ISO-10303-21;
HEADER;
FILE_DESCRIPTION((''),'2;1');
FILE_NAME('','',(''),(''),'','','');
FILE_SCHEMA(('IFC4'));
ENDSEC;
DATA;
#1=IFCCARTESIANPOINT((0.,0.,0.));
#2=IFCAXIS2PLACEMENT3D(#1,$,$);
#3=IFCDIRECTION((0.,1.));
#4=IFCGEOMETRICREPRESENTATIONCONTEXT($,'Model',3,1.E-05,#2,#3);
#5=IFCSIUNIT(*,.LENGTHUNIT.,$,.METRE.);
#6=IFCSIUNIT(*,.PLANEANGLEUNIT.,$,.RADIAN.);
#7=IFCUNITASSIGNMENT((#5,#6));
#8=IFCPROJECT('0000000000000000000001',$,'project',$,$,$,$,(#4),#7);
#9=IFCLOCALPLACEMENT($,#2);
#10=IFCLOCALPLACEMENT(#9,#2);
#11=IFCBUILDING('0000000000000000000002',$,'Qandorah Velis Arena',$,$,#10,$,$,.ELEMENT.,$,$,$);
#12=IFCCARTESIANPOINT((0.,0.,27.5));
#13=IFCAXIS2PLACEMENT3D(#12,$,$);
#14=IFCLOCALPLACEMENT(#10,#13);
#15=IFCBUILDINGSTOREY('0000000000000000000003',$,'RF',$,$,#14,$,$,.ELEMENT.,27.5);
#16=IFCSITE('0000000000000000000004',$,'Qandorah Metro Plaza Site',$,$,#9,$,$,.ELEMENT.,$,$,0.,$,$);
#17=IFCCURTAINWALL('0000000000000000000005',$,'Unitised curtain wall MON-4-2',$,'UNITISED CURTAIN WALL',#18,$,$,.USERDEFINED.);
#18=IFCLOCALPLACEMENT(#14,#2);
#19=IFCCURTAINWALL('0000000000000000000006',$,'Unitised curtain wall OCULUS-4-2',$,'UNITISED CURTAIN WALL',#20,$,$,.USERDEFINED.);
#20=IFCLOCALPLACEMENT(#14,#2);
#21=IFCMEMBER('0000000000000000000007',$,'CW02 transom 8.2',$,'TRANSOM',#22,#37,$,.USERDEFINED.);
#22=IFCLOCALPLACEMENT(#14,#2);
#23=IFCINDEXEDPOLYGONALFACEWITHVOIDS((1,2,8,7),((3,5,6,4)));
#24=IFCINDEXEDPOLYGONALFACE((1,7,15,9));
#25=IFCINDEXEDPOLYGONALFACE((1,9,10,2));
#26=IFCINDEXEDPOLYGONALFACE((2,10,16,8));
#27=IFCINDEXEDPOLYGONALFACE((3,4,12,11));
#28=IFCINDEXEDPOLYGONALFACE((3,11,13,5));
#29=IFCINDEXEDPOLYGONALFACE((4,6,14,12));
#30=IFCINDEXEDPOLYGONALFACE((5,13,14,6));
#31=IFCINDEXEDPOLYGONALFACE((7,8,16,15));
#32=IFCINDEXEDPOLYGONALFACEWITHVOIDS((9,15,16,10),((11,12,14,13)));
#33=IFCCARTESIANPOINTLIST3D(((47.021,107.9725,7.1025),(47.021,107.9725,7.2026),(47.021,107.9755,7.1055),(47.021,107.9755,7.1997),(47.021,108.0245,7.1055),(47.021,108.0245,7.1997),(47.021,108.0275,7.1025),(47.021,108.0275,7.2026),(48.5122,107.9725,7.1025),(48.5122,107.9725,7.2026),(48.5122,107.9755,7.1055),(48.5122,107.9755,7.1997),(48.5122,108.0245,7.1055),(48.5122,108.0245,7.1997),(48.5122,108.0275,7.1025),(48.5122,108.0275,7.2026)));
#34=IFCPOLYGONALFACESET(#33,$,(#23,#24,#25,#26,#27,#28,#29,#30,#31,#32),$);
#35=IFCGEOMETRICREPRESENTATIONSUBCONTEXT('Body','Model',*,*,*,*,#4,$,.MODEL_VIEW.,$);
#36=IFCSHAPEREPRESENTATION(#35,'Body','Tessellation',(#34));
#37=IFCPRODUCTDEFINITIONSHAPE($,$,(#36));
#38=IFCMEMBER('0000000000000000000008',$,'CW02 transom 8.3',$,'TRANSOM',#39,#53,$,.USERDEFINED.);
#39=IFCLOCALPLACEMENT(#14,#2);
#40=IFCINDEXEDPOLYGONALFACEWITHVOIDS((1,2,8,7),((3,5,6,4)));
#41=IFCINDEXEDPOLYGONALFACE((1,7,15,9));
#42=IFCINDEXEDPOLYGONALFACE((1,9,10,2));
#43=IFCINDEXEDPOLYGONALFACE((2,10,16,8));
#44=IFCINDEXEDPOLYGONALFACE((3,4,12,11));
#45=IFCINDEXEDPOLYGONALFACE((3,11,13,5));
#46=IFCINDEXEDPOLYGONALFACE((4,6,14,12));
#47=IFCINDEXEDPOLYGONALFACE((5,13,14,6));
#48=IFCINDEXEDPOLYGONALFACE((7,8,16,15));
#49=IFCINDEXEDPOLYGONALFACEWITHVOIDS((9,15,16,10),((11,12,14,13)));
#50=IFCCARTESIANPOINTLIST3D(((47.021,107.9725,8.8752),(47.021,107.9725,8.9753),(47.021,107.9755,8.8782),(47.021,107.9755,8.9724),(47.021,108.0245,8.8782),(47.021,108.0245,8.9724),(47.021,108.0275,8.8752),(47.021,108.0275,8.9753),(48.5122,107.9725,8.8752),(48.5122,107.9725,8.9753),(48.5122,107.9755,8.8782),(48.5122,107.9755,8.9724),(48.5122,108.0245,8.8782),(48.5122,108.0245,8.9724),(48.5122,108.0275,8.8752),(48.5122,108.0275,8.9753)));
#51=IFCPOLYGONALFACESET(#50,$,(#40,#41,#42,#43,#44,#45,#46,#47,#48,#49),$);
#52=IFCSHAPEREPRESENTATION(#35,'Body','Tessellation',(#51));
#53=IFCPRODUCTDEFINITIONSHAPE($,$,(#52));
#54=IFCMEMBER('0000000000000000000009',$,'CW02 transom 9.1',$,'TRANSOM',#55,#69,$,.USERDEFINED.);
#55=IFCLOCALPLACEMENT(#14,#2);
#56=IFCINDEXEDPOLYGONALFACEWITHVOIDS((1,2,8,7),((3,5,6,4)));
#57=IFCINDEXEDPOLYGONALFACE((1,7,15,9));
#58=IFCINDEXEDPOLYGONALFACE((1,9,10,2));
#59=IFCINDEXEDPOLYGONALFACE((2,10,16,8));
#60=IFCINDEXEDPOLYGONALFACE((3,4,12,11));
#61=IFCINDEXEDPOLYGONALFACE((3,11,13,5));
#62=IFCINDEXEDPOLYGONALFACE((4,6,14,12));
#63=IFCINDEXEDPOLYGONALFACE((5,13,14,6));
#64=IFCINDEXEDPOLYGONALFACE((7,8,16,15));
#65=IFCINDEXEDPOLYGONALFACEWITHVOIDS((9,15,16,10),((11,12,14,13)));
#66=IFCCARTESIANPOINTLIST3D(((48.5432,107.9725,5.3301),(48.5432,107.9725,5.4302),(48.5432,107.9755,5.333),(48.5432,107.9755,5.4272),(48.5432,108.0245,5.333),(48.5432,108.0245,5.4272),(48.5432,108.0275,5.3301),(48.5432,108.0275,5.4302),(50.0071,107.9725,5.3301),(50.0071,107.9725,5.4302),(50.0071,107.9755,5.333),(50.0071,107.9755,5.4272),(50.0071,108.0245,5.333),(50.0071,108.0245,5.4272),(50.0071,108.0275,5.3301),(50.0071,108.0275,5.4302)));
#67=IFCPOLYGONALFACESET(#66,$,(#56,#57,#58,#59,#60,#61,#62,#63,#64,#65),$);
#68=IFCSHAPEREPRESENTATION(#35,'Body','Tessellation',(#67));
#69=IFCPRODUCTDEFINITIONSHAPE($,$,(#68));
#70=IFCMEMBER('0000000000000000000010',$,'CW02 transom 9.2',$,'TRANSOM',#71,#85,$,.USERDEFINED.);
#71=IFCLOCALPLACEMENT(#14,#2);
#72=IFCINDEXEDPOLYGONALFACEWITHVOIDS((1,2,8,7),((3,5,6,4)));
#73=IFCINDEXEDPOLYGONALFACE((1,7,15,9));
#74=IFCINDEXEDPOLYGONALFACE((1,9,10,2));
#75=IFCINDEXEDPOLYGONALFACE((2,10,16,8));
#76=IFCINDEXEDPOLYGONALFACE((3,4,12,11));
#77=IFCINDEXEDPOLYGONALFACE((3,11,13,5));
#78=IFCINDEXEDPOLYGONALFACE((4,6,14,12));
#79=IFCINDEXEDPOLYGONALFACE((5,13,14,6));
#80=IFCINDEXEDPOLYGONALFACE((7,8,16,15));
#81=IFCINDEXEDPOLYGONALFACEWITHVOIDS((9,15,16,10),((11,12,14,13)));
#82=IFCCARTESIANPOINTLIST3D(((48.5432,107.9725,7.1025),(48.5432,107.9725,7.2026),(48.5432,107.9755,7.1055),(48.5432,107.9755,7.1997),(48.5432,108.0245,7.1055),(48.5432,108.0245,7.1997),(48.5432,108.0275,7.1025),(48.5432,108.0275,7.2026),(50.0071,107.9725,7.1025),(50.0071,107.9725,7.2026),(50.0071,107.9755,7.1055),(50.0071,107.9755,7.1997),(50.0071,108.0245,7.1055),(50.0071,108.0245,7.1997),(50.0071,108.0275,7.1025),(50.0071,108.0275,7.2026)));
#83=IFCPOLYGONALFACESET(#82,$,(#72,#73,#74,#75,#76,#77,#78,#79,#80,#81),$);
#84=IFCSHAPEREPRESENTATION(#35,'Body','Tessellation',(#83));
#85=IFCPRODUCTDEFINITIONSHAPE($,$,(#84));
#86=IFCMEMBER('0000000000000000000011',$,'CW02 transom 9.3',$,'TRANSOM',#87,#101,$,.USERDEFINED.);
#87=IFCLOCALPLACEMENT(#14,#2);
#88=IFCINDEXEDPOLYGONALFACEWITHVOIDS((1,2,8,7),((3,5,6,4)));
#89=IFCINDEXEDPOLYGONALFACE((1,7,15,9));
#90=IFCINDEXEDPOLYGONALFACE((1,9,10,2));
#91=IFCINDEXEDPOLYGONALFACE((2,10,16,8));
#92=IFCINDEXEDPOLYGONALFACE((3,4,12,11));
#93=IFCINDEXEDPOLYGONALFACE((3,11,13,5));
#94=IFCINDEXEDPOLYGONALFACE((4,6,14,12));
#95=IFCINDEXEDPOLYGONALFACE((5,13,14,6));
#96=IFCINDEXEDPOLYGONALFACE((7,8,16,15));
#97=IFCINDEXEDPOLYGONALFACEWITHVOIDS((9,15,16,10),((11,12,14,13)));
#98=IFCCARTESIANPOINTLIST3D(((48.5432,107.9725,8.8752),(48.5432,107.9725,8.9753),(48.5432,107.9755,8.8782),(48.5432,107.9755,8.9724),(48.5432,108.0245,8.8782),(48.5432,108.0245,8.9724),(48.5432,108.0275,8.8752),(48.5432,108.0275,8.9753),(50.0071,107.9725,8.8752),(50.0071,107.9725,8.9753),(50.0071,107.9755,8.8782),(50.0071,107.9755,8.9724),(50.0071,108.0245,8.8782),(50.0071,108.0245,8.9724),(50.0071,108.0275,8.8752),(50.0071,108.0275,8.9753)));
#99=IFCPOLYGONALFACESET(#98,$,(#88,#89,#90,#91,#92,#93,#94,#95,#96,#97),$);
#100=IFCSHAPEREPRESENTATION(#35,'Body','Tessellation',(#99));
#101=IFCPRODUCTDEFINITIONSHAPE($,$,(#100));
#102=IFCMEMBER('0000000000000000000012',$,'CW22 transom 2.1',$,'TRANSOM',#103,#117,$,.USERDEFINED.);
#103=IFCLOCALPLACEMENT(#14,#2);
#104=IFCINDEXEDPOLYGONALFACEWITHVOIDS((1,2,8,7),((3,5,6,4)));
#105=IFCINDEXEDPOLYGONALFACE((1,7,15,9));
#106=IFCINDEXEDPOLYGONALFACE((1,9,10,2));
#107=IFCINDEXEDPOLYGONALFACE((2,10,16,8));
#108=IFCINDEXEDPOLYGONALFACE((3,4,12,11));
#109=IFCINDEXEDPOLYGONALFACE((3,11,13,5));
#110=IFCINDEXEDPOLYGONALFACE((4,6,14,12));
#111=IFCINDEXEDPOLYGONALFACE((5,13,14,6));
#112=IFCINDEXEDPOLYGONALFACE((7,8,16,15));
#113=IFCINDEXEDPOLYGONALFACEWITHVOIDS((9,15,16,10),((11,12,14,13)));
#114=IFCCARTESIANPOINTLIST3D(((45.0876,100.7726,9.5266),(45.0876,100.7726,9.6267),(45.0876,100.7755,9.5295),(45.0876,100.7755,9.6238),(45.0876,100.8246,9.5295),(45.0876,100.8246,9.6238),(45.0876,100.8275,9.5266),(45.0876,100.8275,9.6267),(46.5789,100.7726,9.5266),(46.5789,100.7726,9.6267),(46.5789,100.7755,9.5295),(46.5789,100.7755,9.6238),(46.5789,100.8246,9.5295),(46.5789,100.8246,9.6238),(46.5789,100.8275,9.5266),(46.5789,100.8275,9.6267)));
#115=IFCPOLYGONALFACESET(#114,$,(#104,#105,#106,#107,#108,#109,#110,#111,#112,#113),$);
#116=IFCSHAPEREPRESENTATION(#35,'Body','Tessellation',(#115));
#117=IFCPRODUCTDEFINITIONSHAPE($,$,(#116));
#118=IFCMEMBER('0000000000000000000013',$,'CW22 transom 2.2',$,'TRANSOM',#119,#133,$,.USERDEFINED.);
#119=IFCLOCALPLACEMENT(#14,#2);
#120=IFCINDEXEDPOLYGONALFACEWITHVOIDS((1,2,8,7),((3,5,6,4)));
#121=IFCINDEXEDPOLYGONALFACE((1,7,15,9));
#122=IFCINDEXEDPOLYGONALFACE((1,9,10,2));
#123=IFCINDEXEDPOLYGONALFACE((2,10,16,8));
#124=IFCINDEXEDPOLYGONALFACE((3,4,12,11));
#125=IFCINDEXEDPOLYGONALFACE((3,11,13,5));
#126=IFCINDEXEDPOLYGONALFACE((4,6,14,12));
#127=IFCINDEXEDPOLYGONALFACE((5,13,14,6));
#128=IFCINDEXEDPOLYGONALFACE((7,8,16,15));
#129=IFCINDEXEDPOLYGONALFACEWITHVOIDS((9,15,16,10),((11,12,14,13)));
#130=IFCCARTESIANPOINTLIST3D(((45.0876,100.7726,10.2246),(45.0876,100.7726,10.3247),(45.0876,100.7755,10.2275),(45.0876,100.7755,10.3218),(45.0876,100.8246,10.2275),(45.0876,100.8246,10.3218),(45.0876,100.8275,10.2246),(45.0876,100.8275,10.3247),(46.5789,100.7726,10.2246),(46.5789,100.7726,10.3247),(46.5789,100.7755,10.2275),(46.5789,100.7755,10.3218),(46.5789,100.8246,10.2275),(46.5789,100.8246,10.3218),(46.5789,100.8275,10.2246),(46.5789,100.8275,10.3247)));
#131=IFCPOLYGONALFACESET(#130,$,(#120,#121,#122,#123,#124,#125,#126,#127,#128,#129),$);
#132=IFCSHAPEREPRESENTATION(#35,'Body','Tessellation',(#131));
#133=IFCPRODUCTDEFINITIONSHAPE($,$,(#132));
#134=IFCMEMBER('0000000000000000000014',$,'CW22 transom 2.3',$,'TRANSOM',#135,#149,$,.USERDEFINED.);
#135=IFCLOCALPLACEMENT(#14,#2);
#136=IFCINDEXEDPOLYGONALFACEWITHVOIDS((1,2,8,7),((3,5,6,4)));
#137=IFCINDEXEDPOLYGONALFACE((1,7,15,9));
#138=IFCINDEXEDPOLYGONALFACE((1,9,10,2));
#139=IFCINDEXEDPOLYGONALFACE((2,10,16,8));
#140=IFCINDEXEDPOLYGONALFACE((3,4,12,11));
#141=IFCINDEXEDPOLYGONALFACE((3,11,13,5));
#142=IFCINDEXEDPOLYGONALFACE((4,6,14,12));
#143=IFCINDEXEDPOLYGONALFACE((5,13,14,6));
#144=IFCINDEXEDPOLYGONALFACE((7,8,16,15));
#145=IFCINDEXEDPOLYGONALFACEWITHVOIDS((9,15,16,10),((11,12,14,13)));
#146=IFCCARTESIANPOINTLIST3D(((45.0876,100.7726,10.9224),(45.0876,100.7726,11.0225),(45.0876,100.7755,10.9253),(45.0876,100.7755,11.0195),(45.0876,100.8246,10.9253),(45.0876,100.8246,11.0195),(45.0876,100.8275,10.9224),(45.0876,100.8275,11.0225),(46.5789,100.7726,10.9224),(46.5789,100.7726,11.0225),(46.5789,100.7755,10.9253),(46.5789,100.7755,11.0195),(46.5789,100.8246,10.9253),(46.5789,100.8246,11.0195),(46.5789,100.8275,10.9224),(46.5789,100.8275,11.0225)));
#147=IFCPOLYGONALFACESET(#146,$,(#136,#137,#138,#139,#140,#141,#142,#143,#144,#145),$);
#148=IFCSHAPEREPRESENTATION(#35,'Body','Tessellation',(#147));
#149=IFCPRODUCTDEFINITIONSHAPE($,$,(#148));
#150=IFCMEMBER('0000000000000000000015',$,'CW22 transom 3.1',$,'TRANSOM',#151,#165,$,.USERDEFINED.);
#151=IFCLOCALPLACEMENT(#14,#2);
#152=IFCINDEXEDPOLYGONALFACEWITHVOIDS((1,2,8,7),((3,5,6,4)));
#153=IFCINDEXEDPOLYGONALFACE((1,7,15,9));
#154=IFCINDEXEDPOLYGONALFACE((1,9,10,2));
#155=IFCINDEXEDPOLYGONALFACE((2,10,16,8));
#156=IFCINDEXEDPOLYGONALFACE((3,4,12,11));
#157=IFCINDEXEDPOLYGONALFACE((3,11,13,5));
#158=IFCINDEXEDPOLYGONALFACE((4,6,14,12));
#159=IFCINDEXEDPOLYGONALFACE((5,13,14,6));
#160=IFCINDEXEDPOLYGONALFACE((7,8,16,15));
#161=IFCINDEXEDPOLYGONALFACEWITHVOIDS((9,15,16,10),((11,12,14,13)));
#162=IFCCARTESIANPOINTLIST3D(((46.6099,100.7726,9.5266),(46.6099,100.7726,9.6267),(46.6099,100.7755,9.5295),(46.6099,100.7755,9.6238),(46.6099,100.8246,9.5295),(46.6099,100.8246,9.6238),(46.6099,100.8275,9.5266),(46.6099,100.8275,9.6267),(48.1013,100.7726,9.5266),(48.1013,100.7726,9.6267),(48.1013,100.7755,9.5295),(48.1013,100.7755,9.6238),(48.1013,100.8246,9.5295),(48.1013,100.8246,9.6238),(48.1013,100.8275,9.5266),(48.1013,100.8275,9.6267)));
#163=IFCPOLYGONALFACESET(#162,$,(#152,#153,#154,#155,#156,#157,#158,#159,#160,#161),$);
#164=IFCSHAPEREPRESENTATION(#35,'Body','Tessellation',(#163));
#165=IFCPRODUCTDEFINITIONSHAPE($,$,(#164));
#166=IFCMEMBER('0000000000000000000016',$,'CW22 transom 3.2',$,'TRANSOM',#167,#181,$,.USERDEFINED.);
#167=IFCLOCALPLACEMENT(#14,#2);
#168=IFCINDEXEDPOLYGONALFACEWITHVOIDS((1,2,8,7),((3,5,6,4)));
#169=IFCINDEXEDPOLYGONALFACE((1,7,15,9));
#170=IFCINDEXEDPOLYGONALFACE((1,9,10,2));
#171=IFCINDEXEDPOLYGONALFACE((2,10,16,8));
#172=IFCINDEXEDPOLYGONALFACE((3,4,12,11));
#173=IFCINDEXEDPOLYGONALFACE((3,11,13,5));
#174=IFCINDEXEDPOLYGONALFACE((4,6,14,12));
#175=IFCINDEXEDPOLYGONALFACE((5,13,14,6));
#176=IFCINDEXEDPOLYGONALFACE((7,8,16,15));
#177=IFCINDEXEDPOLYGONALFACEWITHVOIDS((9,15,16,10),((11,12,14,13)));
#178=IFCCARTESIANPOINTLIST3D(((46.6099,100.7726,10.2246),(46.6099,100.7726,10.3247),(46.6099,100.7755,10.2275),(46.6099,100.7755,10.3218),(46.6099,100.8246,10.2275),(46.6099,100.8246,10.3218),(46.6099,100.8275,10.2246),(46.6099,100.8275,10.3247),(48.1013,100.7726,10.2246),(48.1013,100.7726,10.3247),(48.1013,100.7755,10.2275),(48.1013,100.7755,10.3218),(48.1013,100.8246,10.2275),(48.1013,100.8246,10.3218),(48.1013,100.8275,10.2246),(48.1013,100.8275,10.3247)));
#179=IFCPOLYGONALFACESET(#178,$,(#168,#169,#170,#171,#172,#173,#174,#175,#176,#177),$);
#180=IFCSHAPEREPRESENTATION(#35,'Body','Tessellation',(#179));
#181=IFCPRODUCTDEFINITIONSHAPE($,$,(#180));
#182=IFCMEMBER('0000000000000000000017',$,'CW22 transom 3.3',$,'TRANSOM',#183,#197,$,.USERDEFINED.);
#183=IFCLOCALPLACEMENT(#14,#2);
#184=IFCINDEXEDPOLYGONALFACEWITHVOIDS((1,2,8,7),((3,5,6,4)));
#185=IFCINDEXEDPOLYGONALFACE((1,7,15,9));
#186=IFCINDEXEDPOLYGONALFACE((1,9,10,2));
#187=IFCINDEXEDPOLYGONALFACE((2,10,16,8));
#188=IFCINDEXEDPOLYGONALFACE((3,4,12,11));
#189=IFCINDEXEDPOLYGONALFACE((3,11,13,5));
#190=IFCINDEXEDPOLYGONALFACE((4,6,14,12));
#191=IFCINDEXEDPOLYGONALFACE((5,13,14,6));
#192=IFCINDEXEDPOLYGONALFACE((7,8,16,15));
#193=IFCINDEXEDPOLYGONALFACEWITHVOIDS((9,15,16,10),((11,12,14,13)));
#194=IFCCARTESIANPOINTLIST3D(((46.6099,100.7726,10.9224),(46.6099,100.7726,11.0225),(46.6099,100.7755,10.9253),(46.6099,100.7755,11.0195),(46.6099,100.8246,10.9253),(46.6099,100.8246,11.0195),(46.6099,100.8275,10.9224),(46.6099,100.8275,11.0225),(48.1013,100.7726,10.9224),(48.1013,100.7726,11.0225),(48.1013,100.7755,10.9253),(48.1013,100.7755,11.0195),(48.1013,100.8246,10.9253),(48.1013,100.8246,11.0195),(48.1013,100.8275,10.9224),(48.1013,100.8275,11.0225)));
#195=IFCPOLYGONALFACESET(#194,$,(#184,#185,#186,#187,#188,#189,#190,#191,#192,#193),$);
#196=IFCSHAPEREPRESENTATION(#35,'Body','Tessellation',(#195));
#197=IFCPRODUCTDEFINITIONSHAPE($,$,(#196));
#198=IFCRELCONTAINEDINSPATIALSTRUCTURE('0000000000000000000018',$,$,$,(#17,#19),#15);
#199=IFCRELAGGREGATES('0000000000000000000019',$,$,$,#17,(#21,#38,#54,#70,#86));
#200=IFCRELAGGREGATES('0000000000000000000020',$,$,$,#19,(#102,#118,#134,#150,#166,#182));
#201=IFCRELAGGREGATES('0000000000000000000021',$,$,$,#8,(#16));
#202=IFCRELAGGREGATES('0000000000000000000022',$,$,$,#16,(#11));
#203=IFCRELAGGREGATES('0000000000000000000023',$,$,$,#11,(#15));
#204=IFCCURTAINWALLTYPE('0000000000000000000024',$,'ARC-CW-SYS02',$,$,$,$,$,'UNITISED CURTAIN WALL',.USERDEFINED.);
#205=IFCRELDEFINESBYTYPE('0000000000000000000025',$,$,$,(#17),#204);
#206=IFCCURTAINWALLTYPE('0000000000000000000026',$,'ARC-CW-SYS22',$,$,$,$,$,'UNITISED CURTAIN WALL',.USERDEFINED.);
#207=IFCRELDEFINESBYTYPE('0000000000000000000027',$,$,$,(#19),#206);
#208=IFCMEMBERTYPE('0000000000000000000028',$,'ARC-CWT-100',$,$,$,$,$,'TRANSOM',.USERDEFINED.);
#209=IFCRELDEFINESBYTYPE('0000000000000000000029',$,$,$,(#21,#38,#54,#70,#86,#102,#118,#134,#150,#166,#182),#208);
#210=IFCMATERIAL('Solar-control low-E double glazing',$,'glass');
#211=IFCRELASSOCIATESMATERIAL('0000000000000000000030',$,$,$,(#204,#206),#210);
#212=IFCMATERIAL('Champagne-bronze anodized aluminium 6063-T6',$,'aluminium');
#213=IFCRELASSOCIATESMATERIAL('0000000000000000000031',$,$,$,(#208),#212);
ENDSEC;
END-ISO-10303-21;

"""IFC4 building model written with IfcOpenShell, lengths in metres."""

from ifc_helpers import new_model, si_unit, direction, frame, origin, origin_2d, place, context, subcontext, project, spatial, hollow_rectangle, extrude, material, material_profile, profile_set, type_object, element, aggregate, save


model = new_model("IFC4")

# Units and contexts
model_context = context("Model", 3, precision=1e-05, world=origin(), true_north=direction((0.0, 1.0)))
body_context = subcontext(model_context, "Body", "Model", "MODEL_VIEW")
ifc_project = project(units=[si_unit("LENGTHUNIT", "METRE"), si_unit("PLANEANGLEUNIT", "RADIAN")], contexts=[model_context])

# Site, building, storey
site_placement = place(None, origin())
site = spatial("IfcSite", under=ifc_project, at=site_placement, Name="Qandorah Metro Plaza Site", CompositionType="ELEMENT", RefElevation=0.0)
building_placement = place(site_placement, origin())
building = spatial("IfcBuilding", under=site, at=building_placement, Name="Qandorah Velis Arena", CompositionType="ELEMENT")
storey_placement = place(building_placement, frame((0.0, 0.0, 27.5)))
storey = spatial("IfcBuildingStorey", under=building, at=storey_placement, Name="RF", CompositionType="ELEMENT", Elevation=27.5)

# Curtain walls
ifc_material_1 = material(Name="Solar-control low-E double glazing", Category="glass")
curtain_wall_type_1 = type_object("IfcCurtainWallType", Name="ARC-CW-SYS02", ElementType="UNITISED CURTAIN WALL", PredefinedType="USERDEFINED", material=ifc_material_1)
curtain_wall_1_placement = place(storey_placement, origin())
curtain_wall_1 = element("IfcCurtainWall", 1, at=curtain_wall_1_placement, inside=storey, type_object=curtain_wall_type_1, Name="Unitised curtain wall MON-4-2", ObjectType="UNITISED CURTAIN WALL", PredefinedType="USERDEFINED")
ifc_material_2 = material(Name="Champagne-bronze anodized aluminium 6063-T6", Category="aluminium")
curtain_wall_type_2 = type_object("IfcCurtainWallType", Name="ARC-CW-SYS22", ElementType="UNITISED CURTAIN WALL", PredefinedType="USERDEFINED", material=ifc_material_1)
curtain_wall_2_placement = place(storey_placement, origin())
curtain_wall_2 = element("IfcCurtainWall", 2, at=curtain_wall_2_placement, inside=storey, type_object=curtain_wall_type_2, Name="Unitised curtain wall OCULUS-4-2", ObjectType="UNITISED CURTAIN WALL", PredefinedType="USERDEFINED")

# Members
ifc_material_profile_1 = material_profile(ifc_material_2, hollow_rectangle(XDim=0.0549, YDim=0.1001, WallThickness=0.0029, at=origin_2d()), Name="ALU TRANSOM 55x100")
ifc_profile_set_1 = profile_set([ifc_material_profile_1], Name="Champagne-bronze anodized aluminium 6063-T6")
member_type_1 = type_object("IfcMemberType", Name="ARC-CWT-100", ElementType="TRANSOM", PredefinedType="USERDEFINED", material=ifc_profile_set_1)
member_1_placement = place(storey_placement, frame((47.021, 108.0, 7.1526), z_axis=(1.0, 0.0, 0.0), x_axis=(0.0, 1.0, 0.0)))
member_1 = element("IfcMember", 3, at=member_1_placement, type_object=member_type_1, Name="CW02 transom 8.2", ObjectType="TRANSOM", PredefinedType="USERDEFINED", context=body_context, shape_type="SweptSolid", body=[
    extrude(hollow_rectangle(XDim=0.0549, YDim=0.1001, WallThickness=0.0029, at=origin_2d()), origin(), (0.0, 0.0, 1.0), 1.4912),
])
member_2_placement = place(storey_placement, frame((47.021, 108.0, 8.9253), z_axis=(1.0, 0.0, 0.0), x_axis=(0.0, 1.0, 0.0)))
member_2 = element("IfcMember", 4, at=member_2_placement, type_object=member_type_1, Name="CW02 transom 8.3", ObjectType="TRANSOM", PredefinedType="USERDEFINED", context=body_context, shape_type="SweptSolid", body=[
    extrude(hollow_rectangle(XDim=0.0549, YDim=0.1001, WallThickness=0.0029, at=origin_2d()), origin(), (0.0, 0.0, 1.0), 1.4912),
])
member_3_placement = place(storey_placement, frame((48.5432, 108.0, 5.3801), z_axis=(1.0, 0.0, 0.0), x_axis=(0.0, 1.0, 0.0)))
member_3 = element("IfcMember", 5, at=member_3_placement, type_object=member_type_1, Name="CW02 transom 9.1", ObjectType="TRANSOM", PredefinedType="USERDEFINED", context=body_context, shape_type="SweptSolid", body=[
    extrude(hollow_rectangle(XDim=0.0549, YDim=0.1001, WallThickness=0.0029, at=origin_2d()), origin(), (0.0, 0.0, 1.0), 1.4639),
])
member_4_placement = place(storey_placement, frame((48.5432, 108.0, 7.1526), z_axis=(1.0, 0.0, 0.0), x_axis=(0.0, 1.0, 0.0)))
member_4 = element("IfcMember", 6, at=member_4_placement, type_object=member_type_1, Name="CW02 transom 9.2", ObjectType="TRANSOM", PredefinedType="USERDEFINED", context=body_context, shape_type="SweptSolid", body=[
    extrude(hollow_rectangle(XDim=0.0549, YDim=0.1001, WallThickness=0.0029, at=origin_2d()), origin(), (0.0, 0.0, 1.0), 1.4639),
])
member_5_placement = place(storey_placement, frame((48.5432, 108.0, 8.9253), z_axis=(1.0, 0.0, 0.0), x_axis=(0.0, 1.0, 0.0)))
member_5 = element("IfcMember", 7, at=member_5_placement, type_object=member_type_1, Name="CW02 transom 9.3", ObjectType="TRANSOM", PredefinedType="USERDEFINED", context=body_context, shape_type="SweptSolid", body=[
    extrude(hollow_rectangle(XDim=0.0549, YDim=0.1001, WallThickness=0.0029, at=origin_2d()), origin(), (0.0, 0.0, 1.0), 1.4639),
])
member_6_placement = place(storey_placement, frame((45.0876, 100.8, 9.5767), z_axis=(1.0, 0.0, 0.0), x_axis=(0.0, 1.0, 0.0)))
member_6 = element("IfcMember", 8, at=member_6_placement, type_object=member_type_1, Name="CW22 transom 2.1", ObjectType="TRANSOM", PredefinedType="USERDEFINED", context=body_context, shape_type="SweptSolid", body=[
    extrude(hollow_rectangle(XDim=0.0549, YDim=0.1001, WallThickness=0.0029, at=origin_2d()), origin(), (0.0, 0.0, 1.0), 1.4912),
])
member_7_placement = place(storey_placement, frame((45.0876, 100.8, 10.2747), z_axis=(1.0, 0.0, 0.0), x_axis=(0.0, 1.0, 0.0)))
member_7 = element("IfcMember", 9, at=member_7_placement, type_object=member_type_1, Name="CW22 transom 2.2", ObjectType="TRANSOM", PredefinedType="USERDEFINED", context=body_context, shape_type="SweptSolid", body=[
    extrude(hollow_rectangle(XDim=0.0549, YDim=0.1001, WallThickness=0.0029, at=origin_2d()), origin(), (0.0, 0.0, 1.0), 1.4912),
])
member_8_placement = place(storey_placement, frame((45.0876, 100.8, 10.9724), z_axis=(1.0, 0.0, 0.0), x_axis=(0.0, 1.0, 0.0)))
member_8 = element("IfcMember", 10, at=member_8_placement, type_object=member_type_1, Name="CW22 transom 2.3", ObjectType="TRANSOM", PredefinedType="USERDEFINED", context=body_context, shape_type="SweptSolid", body=[
    extrude(hollow_rectangle(XDim=0.0549, YDim=0.1001, WallThickness=0.0029, at=origin_2d()), origin(), (0.0, 0.0, 1.0), 1.4912),
])
member_9_placement = place(storey_placement, frame((46.6099, 100.8, 9.5767), z_axis=(1.0, 0.0, 0.0), x_axis=(0.0, 1.0, 0.0)))
member_9 = element("IfcMember", 11, at=member_9_placement, type_object=member_type_1, Name="CW22 transom 3.1", ObjectType="TRANSOM", PredefinedType="USERDEFINED", context=body_context, shape_type="SweptSolid", body=[
    extrude(hollow_rectangle(XDim=0.0549, YDim=0.1001, WallThickness=0.0029, at=origin_2d()), origin(), (0.0, 0.0, 1.0), 1.4915),
])
member_10_placement = place(storey_placement, frame((46.6099, 100.8, 10.2747), z_axis=(1.0, 0.0, 0.0), x_axis=(0.0, 1.0, 0.0)))
member_10 = element("IfcMember", 12, at=member_10_placement, type_object=member_type_1, Name="CW22 transom 3.2", ObjectType="TRANSOM", PredefinedType="USERDEFINED", context=body_context, shape_type="SweptSolid", body=[
    extrude(hollow_rectangle(XDim=0.0549, YDim=0.1001, WallThickness=0.0029, at=origin_2d()), origin(), (0.0, 0.0, 1.0), 1.4915),
])
member_11_placement = place(storey_placement, frame((46.6099, 100.8, 10.9724), z_axis=(1.0, 0.0, 0.0), x_axis=(0.0, 1.0, 0.0)))
member_11 = element("IfcMember", 13, at=member_11_placement, type_object=member_type_1, Name="CW22 transom 3.3", ObjectType="TRANSOM", PredefinedType="USERDEFINED", context=body_context, shape_type="SweptSolid", body=[
    extrude(hollow_rectangle(XDim=0.0549, YDim=0.1001, WallThickness=0.0029, at=origin_2d()), origin(), (0.0, 0.0, 1.0), 1.4915),
])

aggregate(curtain_wall_1, [member_1, member_2, member_3, member_4, member_5])
aggregate(curtain_wall_2, [member_6, member_7, member_8, member_9, member_10, member_11])

save(model, "model.ifc")
